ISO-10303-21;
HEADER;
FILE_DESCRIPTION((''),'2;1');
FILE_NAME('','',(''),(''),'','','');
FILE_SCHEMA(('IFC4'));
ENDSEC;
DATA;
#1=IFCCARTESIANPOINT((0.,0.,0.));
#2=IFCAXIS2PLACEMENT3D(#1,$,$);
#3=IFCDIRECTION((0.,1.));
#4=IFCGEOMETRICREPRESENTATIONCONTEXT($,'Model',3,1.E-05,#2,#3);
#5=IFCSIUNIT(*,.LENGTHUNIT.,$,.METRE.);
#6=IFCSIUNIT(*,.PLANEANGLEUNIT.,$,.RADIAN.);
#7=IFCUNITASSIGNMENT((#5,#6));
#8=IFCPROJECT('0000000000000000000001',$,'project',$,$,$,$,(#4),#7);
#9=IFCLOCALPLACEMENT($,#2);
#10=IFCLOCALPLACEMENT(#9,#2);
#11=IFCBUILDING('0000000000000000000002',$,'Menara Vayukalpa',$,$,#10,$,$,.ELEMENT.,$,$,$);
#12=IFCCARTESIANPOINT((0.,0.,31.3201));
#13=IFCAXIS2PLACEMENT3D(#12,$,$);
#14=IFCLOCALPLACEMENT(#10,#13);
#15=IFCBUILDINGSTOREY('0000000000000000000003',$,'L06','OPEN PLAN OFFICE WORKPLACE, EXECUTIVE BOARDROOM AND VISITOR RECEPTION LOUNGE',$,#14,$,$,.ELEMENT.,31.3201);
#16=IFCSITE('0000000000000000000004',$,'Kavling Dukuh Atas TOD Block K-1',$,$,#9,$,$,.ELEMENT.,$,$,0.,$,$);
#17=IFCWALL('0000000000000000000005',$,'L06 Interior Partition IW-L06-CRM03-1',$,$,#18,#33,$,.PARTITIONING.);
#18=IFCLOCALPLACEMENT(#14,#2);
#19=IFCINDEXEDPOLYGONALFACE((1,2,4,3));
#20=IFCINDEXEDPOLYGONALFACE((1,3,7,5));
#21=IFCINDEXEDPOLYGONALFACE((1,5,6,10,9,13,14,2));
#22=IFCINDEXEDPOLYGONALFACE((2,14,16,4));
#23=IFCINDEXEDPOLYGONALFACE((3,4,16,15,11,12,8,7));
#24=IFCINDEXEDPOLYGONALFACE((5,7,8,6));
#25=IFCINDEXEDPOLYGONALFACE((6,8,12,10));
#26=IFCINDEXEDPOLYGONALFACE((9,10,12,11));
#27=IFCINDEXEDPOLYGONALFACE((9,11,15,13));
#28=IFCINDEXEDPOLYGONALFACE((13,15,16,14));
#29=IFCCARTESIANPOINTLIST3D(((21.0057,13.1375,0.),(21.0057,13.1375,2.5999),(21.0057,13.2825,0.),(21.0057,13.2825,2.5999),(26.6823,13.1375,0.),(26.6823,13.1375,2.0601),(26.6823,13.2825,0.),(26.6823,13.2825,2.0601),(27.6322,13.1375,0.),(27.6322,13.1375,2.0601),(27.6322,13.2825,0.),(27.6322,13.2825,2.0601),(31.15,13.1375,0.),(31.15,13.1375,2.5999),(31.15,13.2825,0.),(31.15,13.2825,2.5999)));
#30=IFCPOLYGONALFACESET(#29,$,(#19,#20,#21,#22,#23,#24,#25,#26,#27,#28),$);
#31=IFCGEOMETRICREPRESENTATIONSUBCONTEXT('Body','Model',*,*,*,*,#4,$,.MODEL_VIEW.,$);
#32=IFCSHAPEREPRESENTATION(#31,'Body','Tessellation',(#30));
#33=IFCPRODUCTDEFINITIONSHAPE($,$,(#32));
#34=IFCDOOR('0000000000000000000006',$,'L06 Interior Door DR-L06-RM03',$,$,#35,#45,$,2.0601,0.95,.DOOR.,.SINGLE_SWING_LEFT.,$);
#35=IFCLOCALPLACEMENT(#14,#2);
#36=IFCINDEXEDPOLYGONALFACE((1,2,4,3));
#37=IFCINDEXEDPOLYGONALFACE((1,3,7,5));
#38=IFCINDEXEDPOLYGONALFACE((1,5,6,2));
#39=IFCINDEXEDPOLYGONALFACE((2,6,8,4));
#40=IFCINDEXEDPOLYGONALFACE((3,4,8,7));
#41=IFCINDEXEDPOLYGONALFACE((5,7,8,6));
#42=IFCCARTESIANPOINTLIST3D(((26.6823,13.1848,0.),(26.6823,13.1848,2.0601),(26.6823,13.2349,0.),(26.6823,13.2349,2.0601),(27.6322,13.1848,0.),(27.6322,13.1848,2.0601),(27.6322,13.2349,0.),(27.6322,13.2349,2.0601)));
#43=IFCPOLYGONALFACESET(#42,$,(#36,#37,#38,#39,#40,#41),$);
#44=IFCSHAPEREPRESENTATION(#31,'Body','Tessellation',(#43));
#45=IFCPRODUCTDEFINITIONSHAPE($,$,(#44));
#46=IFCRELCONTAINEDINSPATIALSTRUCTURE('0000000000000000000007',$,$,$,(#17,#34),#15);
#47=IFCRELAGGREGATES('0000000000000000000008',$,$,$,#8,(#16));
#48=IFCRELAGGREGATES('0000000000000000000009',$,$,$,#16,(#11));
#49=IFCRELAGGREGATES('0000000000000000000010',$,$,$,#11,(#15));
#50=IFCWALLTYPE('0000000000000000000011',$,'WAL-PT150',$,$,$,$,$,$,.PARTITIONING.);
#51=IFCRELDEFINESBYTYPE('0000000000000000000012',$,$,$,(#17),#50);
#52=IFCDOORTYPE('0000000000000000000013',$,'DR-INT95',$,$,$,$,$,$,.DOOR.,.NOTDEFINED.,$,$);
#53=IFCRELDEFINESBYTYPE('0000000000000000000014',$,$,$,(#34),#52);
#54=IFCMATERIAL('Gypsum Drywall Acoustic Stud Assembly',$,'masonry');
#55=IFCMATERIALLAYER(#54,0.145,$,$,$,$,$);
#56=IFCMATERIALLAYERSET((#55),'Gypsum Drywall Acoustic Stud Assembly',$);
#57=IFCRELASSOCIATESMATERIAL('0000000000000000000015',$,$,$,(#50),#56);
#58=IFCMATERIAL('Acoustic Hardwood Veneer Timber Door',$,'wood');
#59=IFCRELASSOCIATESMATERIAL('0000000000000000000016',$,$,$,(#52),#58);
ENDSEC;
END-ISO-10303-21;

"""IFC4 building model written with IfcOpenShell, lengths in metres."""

from ifc_helpers import new_model, si_unit, direction, frame, frame_2d, origin, place, context, subcontext, project, spatial, rectangle, extrude, material, layer, layer_set, type_object, element, fill, save


model = new_model("IFC4")

# Units and contexts
model_context = context("Model", 3, precision=1e-05, world=origin(), true_north=direction((0.0, 1.0)))
body_context = subcontext(model_context, "Body", "Model", "MODEL_VIEW")
ifc_project = project(units=[si_unit("LENGTHUNIT", "METRE"), si_unit("PLANEANGLEUNIT", "RADIAN")], contexts=[model_context])

# Site, building, storey
site_placement = place(None, origin())
site = spatial("IfcSite", under=ifc_project, at=site_placement, Name="Kavling Dukuh Atas TOD Block K-1", CompositionType="ELEMENT", RefElevation=0.0)
building_placement = place(site_placement, origin())
building = spatial("IfcBuilding", under=site, at=building_placement, Name="Menara Vayukalpa", CompositionType="ELEMENT")
storey_placement = place(building_placement, frame((0.0, 0.0, 31.3201)))
storey = spatial("IfcBuildingStorey", under=building, at=storey_placement, Name="L06", Description="OPEN PLAN OFFICE WORKPLACE, EXECUTIVE BOARDROOM AND VISITOR RECEPTION LOUNGE", CompositionType="ELEMENT", Elevation=31.3201)

# Shared definitions
ifc_material_1 = material(Name="Gypsum Drywall Acoustic Stud Assembly", Category="masonry")
ifc_layer_1 = layer(ifc_material_1, 0.145)
ifc_layer_set_1 = layer_set([ifc_layer_1], Name="Gypsum Drywall Acoustic Stud Assembly")
wall_type_1 = type_object("IfcWallType", Name="WAL-PT150", PredefinedType="PARTITIONING", material=ifc_layer_set_1)
ifc_material_2 = material(Name="Acoustic Hardwood Veneer Timber Door", Category="wood")
door_type_1 = type_object("IfcDoorType", Name="DR-INT95", OperationType="NOTDEFINED", PredefinedType="DOOR", material=ifc_material_2)

# Wall, opening, door
wall_1_placement = place(storey_placement, frame((21.0056, 13.21, 0.0), z_axis=(0.0, 0.0, 1.0), x_axis=(1.0, 0.0, 0.0)))
wall_1 = element("IfcWall", 1, at=wall_1_placement, inside=storey, type_object=wall_type_1, Name="L06 Interior Partition IW-L06-CRM03-1", PredefinedType="PARTITIONING", context=body_context, shape_type="SweptSolid", body=[
    extrude(rectangle(XDim=10.1443, YDim=0.145, at=frame_2d((5.0723, 0.0))), origin(), (0.0, 0.0, 1.0), 2.5999),
])
opening_1_placement = place(wall_1_placement, frame((5.6765, 0.0, 0.0)))
opening_1 = element("IfcOpeningElement", 2, at=opening_1_placement, cuts=wall_1, PredefinedType="OPENING", context=body_context, shape_type="SweptSolid", body=[
    extrude(rectangle(XDim=0.95, YDim=2.0601, at=frame_2d((0.4751, 1.03))), frame((0.0, 0.0825, 0.0), z_axis=(0.0, -1.0, 0.0), x_axis=(1.0, 0.0, 0.0)), (0.0, 0.0, 1.0), 0.165),
])
door_1_placement = place(opening_1_placement, origin())
door_1 = element("IfcDoor", 3, at=door_1_placement, inside=storey, type_object=door_type_1, Name="L06 Interior Door DR-L06-RM03", OperationType="SINGLE_SWING_LEFT", OverallHeight=2.0601, OverallWidth=0.95, PredefinedType="DOOR", context=body_context, shape_type="SweptSolid", body=[
    extrude(rectangle(XDim=0.95, YDim=2.0601, at=frame_2d((0.4751, 1.03))), frame((0.0, 0.0249, 0.0), z_axis=(0.0, -1.0, 0.0), x_axis=(1.0, 0.0, 0.0)), (0.0, 0.0, 1.0), 0.05),
])
fill(opening_1, door_1)

save(model, "model.ifc")
